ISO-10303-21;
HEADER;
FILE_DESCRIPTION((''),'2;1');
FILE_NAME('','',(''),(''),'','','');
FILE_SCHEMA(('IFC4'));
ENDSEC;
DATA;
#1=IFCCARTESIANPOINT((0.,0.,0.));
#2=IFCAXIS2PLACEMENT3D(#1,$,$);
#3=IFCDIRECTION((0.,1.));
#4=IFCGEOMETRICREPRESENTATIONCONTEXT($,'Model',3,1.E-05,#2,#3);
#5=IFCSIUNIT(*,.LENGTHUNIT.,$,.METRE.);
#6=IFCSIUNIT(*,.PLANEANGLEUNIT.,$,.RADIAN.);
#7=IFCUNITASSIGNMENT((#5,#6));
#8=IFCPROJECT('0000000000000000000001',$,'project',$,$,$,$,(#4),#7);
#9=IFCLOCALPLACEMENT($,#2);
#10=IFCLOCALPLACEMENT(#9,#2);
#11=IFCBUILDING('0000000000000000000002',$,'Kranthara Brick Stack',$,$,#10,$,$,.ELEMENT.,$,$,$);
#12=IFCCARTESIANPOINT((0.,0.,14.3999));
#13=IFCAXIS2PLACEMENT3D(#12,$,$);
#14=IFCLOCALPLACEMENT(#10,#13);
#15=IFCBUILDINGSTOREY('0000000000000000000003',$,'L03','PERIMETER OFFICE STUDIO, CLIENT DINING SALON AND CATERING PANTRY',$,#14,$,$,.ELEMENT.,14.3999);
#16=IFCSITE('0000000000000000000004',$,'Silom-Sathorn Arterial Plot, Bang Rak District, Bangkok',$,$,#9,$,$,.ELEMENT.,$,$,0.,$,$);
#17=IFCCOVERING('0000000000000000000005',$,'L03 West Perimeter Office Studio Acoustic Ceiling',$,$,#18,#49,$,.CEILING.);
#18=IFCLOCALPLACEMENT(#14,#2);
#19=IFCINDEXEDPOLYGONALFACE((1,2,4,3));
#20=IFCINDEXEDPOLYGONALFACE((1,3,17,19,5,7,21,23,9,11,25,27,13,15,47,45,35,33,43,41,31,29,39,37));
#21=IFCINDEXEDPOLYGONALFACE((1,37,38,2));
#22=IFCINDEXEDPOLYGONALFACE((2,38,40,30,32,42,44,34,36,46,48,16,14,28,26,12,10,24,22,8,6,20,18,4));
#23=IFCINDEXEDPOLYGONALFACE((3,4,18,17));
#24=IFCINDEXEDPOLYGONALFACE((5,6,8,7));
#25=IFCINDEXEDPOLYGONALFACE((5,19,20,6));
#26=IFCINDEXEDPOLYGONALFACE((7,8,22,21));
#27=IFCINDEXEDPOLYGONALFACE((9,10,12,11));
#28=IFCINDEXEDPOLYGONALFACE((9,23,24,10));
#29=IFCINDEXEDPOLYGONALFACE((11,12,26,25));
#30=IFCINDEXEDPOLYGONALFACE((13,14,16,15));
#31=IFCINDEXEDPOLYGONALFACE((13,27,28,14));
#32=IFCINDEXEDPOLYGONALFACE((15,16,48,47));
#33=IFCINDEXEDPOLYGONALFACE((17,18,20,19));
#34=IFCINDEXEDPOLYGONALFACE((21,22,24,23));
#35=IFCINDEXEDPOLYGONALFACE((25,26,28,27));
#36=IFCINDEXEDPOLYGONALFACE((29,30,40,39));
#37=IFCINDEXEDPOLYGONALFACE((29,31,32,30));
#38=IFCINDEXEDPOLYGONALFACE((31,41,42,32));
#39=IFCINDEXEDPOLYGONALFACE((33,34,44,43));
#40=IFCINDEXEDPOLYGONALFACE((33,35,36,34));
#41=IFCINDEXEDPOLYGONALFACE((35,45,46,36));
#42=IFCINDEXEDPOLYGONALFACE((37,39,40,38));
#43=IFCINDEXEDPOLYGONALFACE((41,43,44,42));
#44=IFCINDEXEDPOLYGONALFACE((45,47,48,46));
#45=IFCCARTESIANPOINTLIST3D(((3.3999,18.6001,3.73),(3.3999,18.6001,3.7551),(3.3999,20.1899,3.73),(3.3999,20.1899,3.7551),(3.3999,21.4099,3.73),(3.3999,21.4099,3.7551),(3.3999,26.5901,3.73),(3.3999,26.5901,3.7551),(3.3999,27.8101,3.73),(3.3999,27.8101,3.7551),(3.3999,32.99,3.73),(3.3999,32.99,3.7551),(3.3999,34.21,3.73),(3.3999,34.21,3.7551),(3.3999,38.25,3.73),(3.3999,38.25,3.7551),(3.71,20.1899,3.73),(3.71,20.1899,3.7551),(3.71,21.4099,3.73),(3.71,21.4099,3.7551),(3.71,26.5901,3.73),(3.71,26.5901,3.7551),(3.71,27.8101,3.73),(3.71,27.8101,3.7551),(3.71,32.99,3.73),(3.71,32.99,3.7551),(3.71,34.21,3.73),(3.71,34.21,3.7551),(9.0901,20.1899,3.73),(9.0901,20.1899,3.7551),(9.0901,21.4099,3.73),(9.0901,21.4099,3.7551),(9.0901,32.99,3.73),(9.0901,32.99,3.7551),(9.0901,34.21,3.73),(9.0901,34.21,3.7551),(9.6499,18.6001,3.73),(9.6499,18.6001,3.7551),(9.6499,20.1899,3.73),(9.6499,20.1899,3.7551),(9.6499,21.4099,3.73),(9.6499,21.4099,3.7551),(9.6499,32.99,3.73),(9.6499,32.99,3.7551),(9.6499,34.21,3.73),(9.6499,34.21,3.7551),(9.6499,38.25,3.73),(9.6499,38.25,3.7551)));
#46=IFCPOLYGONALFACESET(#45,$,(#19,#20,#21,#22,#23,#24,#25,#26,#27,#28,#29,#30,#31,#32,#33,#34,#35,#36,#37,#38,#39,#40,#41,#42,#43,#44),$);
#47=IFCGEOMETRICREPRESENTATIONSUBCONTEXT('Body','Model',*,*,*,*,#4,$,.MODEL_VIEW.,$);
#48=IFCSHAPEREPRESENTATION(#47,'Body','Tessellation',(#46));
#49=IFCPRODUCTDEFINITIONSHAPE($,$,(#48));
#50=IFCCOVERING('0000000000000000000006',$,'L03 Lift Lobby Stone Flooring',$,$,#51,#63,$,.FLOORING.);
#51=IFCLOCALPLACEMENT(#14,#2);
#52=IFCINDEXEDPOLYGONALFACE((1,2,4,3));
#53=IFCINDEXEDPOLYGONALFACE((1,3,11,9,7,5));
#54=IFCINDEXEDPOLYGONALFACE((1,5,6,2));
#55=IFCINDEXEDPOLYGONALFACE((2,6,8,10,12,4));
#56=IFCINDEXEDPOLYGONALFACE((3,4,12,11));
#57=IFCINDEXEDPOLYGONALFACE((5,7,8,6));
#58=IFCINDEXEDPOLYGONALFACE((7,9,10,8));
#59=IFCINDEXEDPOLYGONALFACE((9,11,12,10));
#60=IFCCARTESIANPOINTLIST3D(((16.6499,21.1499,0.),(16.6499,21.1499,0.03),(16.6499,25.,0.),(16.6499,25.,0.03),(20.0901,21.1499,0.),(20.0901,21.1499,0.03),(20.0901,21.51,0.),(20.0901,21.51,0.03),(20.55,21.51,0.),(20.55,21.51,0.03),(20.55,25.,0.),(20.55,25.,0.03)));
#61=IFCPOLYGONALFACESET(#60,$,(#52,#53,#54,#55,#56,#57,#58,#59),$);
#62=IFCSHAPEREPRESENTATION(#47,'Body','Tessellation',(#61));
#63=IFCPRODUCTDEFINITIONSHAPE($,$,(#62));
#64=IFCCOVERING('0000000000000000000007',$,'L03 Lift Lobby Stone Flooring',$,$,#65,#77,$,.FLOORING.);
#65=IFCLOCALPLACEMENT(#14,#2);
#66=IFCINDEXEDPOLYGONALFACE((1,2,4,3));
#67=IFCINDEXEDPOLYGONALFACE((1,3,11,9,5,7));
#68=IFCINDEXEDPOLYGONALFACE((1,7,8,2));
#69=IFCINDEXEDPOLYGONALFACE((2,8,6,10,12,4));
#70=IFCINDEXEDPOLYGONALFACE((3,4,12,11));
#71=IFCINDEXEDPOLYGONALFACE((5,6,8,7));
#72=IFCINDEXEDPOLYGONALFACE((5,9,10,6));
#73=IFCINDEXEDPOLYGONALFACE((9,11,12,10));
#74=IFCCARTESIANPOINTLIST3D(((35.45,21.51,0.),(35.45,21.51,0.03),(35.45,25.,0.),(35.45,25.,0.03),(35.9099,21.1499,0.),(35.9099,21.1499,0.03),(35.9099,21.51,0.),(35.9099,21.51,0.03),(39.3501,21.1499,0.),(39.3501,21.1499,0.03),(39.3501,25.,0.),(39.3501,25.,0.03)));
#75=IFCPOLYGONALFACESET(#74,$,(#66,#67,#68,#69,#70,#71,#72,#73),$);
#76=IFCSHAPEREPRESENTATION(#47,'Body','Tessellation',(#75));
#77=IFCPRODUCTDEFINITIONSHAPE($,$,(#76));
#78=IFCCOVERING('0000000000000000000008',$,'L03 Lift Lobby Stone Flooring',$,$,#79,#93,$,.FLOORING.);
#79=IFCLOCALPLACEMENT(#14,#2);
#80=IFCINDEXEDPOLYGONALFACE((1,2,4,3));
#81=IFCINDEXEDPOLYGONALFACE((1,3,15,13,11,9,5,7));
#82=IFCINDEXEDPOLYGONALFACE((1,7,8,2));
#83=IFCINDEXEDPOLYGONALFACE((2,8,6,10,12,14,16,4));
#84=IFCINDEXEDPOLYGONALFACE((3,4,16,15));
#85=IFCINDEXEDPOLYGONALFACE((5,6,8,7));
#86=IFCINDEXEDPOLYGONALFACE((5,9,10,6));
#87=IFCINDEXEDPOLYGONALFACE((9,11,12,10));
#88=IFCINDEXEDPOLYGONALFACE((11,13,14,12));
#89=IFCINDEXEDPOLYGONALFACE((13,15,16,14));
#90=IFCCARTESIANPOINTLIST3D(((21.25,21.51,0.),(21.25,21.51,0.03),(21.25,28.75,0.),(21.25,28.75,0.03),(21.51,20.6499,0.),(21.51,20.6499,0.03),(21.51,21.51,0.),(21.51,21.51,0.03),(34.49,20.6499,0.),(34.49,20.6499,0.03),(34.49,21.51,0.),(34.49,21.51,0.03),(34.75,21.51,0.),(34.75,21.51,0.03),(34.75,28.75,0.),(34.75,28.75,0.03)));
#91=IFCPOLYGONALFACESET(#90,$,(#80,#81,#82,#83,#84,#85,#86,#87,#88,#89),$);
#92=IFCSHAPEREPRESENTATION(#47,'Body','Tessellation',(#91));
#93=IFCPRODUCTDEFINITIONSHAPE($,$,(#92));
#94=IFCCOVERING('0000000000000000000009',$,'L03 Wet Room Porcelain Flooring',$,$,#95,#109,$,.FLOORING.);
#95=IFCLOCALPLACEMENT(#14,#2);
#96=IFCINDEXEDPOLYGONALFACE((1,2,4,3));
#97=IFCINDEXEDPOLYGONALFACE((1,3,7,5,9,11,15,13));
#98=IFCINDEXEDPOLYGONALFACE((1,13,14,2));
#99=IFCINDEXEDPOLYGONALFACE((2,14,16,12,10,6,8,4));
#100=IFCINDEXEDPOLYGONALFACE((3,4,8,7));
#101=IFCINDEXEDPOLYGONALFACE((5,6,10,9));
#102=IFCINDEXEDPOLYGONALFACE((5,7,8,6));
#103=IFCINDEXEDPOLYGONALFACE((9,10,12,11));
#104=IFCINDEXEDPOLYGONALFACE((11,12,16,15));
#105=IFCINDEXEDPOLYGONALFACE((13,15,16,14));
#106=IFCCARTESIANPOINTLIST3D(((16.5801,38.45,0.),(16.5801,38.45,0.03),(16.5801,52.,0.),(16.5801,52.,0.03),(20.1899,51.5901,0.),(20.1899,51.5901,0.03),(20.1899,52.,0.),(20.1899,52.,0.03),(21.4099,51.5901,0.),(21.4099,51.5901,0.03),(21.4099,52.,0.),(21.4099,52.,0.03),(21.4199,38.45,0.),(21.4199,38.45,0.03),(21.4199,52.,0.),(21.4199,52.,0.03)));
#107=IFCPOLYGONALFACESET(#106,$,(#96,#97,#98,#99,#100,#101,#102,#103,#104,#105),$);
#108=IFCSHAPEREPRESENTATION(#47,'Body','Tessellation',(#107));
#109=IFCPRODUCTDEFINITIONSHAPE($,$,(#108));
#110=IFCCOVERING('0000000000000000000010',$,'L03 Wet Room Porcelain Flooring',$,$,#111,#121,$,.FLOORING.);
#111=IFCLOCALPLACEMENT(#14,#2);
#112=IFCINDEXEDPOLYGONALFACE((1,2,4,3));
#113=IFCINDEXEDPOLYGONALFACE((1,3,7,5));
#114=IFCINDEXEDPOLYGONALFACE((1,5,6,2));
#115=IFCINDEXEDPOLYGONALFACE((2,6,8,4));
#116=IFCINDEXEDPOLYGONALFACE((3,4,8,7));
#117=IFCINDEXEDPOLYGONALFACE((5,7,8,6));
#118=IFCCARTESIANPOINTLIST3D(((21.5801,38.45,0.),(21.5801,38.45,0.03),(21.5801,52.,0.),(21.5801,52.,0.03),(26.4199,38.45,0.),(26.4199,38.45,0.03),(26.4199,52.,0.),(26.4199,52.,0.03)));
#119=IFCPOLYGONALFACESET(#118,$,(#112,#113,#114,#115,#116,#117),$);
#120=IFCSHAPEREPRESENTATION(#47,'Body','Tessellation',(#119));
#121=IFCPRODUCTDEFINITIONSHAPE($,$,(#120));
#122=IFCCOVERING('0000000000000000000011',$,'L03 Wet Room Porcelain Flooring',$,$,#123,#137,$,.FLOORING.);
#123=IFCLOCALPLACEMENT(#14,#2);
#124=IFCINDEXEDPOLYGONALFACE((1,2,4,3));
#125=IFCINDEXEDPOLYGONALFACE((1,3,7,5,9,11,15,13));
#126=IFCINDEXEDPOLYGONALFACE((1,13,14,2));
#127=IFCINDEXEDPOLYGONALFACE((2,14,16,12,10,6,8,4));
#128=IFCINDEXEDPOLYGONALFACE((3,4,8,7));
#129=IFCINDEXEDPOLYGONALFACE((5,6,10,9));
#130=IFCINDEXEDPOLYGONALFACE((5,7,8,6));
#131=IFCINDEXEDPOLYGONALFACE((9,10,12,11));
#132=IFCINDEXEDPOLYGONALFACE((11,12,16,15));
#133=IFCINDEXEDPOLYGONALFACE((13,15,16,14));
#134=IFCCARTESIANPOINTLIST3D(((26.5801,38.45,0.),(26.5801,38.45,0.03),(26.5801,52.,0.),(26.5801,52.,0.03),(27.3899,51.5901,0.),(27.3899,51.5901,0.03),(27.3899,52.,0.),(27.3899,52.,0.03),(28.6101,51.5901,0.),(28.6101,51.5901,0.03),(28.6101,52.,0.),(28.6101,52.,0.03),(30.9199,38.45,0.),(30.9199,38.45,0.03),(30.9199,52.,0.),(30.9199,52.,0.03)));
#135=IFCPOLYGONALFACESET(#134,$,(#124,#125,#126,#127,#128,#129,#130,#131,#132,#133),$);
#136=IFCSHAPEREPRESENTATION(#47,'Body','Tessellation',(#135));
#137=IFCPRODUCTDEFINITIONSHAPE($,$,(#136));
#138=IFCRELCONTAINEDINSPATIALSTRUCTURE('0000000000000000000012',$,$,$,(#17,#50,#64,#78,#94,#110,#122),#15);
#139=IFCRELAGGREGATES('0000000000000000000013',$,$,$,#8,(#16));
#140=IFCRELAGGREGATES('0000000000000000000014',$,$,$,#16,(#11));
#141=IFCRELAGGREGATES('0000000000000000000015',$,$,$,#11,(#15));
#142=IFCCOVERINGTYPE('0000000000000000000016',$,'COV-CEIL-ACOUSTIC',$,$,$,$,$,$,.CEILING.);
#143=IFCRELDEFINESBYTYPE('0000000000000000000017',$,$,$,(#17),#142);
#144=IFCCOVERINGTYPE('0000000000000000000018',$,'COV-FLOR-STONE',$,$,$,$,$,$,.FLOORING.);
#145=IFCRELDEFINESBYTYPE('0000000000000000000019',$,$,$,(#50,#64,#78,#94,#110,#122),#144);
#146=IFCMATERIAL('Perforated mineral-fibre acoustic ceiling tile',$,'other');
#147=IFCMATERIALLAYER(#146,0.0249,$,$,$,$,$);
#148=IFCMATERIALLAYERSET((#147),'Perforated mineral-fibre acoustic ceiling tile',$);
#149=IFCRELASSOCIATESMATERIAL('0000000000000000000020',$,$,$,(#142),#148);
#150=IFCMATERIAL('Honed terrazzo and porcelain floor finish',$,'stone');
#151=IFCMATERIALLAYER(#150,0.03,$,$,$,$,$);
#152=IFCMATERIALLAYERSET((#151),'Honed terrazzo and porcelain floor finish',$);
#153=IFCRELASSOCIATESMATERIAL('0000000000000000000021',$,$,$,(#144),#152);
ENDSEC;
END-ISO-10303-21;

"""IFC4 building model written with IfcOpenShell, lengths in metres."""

from ifc_helpers import new_model, si_unit, direction, frame, origin, place, context, subcontext, project, spatial, polyline, outline, extrude, material, layer, layer_set, type_object, element, save


model = new_model("IFC4")

# Units and contexts
model_context = context("Model", 3, precision=1e-05, world=origin(), true_north=direction((0.0, 1.0)))
body_context = subcontext(model_context, "Body", "Model", "MODEL_VIEW")
ifc_project = project(units=[si_unit("LENGTHUNIT", "METRE"), si_unit("PLANEANGLEUNIT", "RADIAN")], contexts=[model_context])

# Site, building, storey
site_placement = place(None, origin())
site = spatial("IfcSite", under=ifc_project, at=site_placement, Name="Silom-Sathorn Arterial Plot, Bang Rak District, Bangkok", CompositionType="ELEMENT", RefElevation=0.0)
building_placement = place(site_placement, origin())
building = spatial("IfcBuilding", under=site, at=building_placement, Name="Kranthara Brick Stack", CompositionType="ELEMENT")
storey_placement = place(building_placement, frame((0.0, 0.0, 14.3999)))
storey = spatial("IfcBuildingStorey", under=building, at=storey_placement, Name="L03", Description="PERIMETER OFFICE STUDIO, CLIENT DINING SALON AND CATERING PANTRY", CompositionType="ELEMENT", Elevation=14.3999)

# Coverings
ifc_material_1 = material(Name="Perforated mineral-fibre acoustic ceiling tile", Category="other")
ifc_layer_1 = layer(ifc_material_1, 0.0249)
ifc_layer_set_1 = layer_set([ifc_layer_1], Name="Perforated mineral-fibre acoustic ceiling tile")
covering_type_1 = type_object("IfcCoveringType", Name="COV-CEIL-ACOUSTIC", PredefinedType="CEILING", material=ifc_layer_set_1)
covering_1_placement = place(storey_placement, frame((0.0, 0.0, 3.73)))
element("IfcCovering", 1, at=covering_1_placement, inside=storey, type_object=covering_type_1, Name="L03 West Perimeter Office Studio Acoustic Ceiling", PredefinedType="CEILING", context=body_context, shape_type="SweptSolid", body=[
    extrude(outline(polyline([(3.3999, 20.1899), (3.71, 20.1899), (3.71, 21.4099), (3.3999, 21.4099), (3.3999, 26.5901), (3.71, 26.5901), (3.71, 27.8101), (3.3999, 27.8101), (3.3999, 32.99), (3.71, 32.99), (3.71, 34.21), (3.3999, 34.21), (3.3999, 38.25), (9.6499, 38.25), (9.6499, 34.21), (9.0901, 34.21), (9.0901, 32.99), (9.6499, 32.99), (9.6499, 21.4099), (9.0901, 21.4099), (9.0901, 20.1899), (9.6499, 20.1899), (9.6499, 18.6001), (3.3999, 18.6001), (3.3999, 20.1899)])), origin(), (0.0, 0.0, 1.0), 0.0251),
])
ifc_material_2 = material(Name="Honed terrazzo and porcelain floor finish", Category="stone")
ifc_layer_2 = layer(ifc_material_2, 0.03)
ifc_layer_set_2 = layer_set([ifc_layer_2], Name="Honed terrazzo and porcelain floor finish")
covering_type_2 = type_object("IfcCoveringType", Name="COV-FLOR-STONE", PredefinedType="FLOORING", material=ifc_layer_set_2)
covering_2_placement = place(storey_placement, origin())
element("IfcCovering", 2, at=covering_2_placement, inside=storey, type_object=covering_type_2, Name="L03 Lift Lobby Stone Flooring", PredefinedType="FLOORING", context=body_context, shape_type="SweptSolid", body=[
    extrude(outline(polyline([(16.6499, 21.1499), (16.6499, 25.0), (20.55, 25.0), (20.55, 21.51), (20.0901, 21.51), (20.0901, 21.1499), (16.6499, 21.1499)])), origin(), (0.0, 0.0, 1.0), 0.03),
])
covering_3_placement = place(storey_placement, origin())
element("IfcCovering", 3, at=covering_3_placement, inside=storey, type_object=covering_type_2, Name="L03 Lift Lobby Stone Flooring", PredefinedType="FLOORING", context=body_context, shape_type="SweptSolid", body=[
    extrude(outline(polyline([(35.45, 25.0), (39.3501, 25.0), (39.3501, 21.1499), (35.9099, 21.1499), (35.9099, 21.51), (35.45, 21.51), (35.45, 25.0)])), origin(), (0.0, 0.0, 1.0), 0.03),
])
covering_4_placement = place(storey_placement, origin())
element("IfcCovering", 4, at=covering_4_placement, inside=storey, type_object=covering_type_2, Name="L03 Lift Lobby Stone Flooring", PredefinedType="FLOORING", context=body_context, shape_type="SweptSolid", body=[
    extrude(outline(polyline([(34.75, 21.51), (34.49, 21.51), (34.49, 20.6499), (21.51, 20.6499), (21.51, 21.51), (21.25, 21.51), (21.25, 28.75), (34.75, 28.75), (34.75, 21.51)])), origin(), (0.0, 0.0, 1.0), 0.03),
])
covering_5_placement = place(storey_placement, origin())
element("IfcCovering", 5, at=covering_5_placement, inside=storey, type_object=covering_type_2, Name="L03 Wet Room Porcelain Flooring", PredefinedType="FLOORING", context=body_context, shape_type="SweptSolid", body=[
    extrude(outline(polyline([(21.4199, 52.0), (21.4199, 38.45), (16.5801, 38.45), (16.5801, 52.0), (20.1899, 52.0), (20.1899, 51.5901), (21.4099, 51.5901), (21.4099, 52.0), (21.4199, 52.0)])), origin(), (0.0, 0.0, 1.0), 0.03),
])
covering_6_placement = place(storey_placement, origin())
element("IfcCovering", 6, at=covering_6_placement, inside=storey, type_object=covering_type_2, Name="L03 Wet Room Porcelain Flooring", PredefinedType="FLOORING", context=body_context, shape_type="SweptSolid", body=[
    extrude(outline(polyline([(26.4199, 38.45), (26.4199, 52.0), (21.5801, 52.0), (21.5801, 38.45), (26.4199, 38.45)])), origin(), (0.0, 0.0, 1.0), 0.03),
])
covering_7_placement = place(storey_placement, origin())
element("IfcCovering", 7, at=covering_7_placement, inside=storey, type_object=covering_type_2, Name="L03 Wet Room Porcelain Flooring", PredefinedType="FLOORING", context=body_context, shape_type="SweptSolid", body=[
    extrude(outline(polyline([(30.9199, 52.0), (30.9199, 38.45), (26.5801, 38.45), (26.5801, 52.0), (27.3899, 52.0), (27.3899, 51.5901), (28.6101, 51.5901), (28.6101, 52.0), (30.9199, 52.0)])), origin(), (0.0, 0.0, 1.0), 0.03),
])

save(model, "model.ifc")
